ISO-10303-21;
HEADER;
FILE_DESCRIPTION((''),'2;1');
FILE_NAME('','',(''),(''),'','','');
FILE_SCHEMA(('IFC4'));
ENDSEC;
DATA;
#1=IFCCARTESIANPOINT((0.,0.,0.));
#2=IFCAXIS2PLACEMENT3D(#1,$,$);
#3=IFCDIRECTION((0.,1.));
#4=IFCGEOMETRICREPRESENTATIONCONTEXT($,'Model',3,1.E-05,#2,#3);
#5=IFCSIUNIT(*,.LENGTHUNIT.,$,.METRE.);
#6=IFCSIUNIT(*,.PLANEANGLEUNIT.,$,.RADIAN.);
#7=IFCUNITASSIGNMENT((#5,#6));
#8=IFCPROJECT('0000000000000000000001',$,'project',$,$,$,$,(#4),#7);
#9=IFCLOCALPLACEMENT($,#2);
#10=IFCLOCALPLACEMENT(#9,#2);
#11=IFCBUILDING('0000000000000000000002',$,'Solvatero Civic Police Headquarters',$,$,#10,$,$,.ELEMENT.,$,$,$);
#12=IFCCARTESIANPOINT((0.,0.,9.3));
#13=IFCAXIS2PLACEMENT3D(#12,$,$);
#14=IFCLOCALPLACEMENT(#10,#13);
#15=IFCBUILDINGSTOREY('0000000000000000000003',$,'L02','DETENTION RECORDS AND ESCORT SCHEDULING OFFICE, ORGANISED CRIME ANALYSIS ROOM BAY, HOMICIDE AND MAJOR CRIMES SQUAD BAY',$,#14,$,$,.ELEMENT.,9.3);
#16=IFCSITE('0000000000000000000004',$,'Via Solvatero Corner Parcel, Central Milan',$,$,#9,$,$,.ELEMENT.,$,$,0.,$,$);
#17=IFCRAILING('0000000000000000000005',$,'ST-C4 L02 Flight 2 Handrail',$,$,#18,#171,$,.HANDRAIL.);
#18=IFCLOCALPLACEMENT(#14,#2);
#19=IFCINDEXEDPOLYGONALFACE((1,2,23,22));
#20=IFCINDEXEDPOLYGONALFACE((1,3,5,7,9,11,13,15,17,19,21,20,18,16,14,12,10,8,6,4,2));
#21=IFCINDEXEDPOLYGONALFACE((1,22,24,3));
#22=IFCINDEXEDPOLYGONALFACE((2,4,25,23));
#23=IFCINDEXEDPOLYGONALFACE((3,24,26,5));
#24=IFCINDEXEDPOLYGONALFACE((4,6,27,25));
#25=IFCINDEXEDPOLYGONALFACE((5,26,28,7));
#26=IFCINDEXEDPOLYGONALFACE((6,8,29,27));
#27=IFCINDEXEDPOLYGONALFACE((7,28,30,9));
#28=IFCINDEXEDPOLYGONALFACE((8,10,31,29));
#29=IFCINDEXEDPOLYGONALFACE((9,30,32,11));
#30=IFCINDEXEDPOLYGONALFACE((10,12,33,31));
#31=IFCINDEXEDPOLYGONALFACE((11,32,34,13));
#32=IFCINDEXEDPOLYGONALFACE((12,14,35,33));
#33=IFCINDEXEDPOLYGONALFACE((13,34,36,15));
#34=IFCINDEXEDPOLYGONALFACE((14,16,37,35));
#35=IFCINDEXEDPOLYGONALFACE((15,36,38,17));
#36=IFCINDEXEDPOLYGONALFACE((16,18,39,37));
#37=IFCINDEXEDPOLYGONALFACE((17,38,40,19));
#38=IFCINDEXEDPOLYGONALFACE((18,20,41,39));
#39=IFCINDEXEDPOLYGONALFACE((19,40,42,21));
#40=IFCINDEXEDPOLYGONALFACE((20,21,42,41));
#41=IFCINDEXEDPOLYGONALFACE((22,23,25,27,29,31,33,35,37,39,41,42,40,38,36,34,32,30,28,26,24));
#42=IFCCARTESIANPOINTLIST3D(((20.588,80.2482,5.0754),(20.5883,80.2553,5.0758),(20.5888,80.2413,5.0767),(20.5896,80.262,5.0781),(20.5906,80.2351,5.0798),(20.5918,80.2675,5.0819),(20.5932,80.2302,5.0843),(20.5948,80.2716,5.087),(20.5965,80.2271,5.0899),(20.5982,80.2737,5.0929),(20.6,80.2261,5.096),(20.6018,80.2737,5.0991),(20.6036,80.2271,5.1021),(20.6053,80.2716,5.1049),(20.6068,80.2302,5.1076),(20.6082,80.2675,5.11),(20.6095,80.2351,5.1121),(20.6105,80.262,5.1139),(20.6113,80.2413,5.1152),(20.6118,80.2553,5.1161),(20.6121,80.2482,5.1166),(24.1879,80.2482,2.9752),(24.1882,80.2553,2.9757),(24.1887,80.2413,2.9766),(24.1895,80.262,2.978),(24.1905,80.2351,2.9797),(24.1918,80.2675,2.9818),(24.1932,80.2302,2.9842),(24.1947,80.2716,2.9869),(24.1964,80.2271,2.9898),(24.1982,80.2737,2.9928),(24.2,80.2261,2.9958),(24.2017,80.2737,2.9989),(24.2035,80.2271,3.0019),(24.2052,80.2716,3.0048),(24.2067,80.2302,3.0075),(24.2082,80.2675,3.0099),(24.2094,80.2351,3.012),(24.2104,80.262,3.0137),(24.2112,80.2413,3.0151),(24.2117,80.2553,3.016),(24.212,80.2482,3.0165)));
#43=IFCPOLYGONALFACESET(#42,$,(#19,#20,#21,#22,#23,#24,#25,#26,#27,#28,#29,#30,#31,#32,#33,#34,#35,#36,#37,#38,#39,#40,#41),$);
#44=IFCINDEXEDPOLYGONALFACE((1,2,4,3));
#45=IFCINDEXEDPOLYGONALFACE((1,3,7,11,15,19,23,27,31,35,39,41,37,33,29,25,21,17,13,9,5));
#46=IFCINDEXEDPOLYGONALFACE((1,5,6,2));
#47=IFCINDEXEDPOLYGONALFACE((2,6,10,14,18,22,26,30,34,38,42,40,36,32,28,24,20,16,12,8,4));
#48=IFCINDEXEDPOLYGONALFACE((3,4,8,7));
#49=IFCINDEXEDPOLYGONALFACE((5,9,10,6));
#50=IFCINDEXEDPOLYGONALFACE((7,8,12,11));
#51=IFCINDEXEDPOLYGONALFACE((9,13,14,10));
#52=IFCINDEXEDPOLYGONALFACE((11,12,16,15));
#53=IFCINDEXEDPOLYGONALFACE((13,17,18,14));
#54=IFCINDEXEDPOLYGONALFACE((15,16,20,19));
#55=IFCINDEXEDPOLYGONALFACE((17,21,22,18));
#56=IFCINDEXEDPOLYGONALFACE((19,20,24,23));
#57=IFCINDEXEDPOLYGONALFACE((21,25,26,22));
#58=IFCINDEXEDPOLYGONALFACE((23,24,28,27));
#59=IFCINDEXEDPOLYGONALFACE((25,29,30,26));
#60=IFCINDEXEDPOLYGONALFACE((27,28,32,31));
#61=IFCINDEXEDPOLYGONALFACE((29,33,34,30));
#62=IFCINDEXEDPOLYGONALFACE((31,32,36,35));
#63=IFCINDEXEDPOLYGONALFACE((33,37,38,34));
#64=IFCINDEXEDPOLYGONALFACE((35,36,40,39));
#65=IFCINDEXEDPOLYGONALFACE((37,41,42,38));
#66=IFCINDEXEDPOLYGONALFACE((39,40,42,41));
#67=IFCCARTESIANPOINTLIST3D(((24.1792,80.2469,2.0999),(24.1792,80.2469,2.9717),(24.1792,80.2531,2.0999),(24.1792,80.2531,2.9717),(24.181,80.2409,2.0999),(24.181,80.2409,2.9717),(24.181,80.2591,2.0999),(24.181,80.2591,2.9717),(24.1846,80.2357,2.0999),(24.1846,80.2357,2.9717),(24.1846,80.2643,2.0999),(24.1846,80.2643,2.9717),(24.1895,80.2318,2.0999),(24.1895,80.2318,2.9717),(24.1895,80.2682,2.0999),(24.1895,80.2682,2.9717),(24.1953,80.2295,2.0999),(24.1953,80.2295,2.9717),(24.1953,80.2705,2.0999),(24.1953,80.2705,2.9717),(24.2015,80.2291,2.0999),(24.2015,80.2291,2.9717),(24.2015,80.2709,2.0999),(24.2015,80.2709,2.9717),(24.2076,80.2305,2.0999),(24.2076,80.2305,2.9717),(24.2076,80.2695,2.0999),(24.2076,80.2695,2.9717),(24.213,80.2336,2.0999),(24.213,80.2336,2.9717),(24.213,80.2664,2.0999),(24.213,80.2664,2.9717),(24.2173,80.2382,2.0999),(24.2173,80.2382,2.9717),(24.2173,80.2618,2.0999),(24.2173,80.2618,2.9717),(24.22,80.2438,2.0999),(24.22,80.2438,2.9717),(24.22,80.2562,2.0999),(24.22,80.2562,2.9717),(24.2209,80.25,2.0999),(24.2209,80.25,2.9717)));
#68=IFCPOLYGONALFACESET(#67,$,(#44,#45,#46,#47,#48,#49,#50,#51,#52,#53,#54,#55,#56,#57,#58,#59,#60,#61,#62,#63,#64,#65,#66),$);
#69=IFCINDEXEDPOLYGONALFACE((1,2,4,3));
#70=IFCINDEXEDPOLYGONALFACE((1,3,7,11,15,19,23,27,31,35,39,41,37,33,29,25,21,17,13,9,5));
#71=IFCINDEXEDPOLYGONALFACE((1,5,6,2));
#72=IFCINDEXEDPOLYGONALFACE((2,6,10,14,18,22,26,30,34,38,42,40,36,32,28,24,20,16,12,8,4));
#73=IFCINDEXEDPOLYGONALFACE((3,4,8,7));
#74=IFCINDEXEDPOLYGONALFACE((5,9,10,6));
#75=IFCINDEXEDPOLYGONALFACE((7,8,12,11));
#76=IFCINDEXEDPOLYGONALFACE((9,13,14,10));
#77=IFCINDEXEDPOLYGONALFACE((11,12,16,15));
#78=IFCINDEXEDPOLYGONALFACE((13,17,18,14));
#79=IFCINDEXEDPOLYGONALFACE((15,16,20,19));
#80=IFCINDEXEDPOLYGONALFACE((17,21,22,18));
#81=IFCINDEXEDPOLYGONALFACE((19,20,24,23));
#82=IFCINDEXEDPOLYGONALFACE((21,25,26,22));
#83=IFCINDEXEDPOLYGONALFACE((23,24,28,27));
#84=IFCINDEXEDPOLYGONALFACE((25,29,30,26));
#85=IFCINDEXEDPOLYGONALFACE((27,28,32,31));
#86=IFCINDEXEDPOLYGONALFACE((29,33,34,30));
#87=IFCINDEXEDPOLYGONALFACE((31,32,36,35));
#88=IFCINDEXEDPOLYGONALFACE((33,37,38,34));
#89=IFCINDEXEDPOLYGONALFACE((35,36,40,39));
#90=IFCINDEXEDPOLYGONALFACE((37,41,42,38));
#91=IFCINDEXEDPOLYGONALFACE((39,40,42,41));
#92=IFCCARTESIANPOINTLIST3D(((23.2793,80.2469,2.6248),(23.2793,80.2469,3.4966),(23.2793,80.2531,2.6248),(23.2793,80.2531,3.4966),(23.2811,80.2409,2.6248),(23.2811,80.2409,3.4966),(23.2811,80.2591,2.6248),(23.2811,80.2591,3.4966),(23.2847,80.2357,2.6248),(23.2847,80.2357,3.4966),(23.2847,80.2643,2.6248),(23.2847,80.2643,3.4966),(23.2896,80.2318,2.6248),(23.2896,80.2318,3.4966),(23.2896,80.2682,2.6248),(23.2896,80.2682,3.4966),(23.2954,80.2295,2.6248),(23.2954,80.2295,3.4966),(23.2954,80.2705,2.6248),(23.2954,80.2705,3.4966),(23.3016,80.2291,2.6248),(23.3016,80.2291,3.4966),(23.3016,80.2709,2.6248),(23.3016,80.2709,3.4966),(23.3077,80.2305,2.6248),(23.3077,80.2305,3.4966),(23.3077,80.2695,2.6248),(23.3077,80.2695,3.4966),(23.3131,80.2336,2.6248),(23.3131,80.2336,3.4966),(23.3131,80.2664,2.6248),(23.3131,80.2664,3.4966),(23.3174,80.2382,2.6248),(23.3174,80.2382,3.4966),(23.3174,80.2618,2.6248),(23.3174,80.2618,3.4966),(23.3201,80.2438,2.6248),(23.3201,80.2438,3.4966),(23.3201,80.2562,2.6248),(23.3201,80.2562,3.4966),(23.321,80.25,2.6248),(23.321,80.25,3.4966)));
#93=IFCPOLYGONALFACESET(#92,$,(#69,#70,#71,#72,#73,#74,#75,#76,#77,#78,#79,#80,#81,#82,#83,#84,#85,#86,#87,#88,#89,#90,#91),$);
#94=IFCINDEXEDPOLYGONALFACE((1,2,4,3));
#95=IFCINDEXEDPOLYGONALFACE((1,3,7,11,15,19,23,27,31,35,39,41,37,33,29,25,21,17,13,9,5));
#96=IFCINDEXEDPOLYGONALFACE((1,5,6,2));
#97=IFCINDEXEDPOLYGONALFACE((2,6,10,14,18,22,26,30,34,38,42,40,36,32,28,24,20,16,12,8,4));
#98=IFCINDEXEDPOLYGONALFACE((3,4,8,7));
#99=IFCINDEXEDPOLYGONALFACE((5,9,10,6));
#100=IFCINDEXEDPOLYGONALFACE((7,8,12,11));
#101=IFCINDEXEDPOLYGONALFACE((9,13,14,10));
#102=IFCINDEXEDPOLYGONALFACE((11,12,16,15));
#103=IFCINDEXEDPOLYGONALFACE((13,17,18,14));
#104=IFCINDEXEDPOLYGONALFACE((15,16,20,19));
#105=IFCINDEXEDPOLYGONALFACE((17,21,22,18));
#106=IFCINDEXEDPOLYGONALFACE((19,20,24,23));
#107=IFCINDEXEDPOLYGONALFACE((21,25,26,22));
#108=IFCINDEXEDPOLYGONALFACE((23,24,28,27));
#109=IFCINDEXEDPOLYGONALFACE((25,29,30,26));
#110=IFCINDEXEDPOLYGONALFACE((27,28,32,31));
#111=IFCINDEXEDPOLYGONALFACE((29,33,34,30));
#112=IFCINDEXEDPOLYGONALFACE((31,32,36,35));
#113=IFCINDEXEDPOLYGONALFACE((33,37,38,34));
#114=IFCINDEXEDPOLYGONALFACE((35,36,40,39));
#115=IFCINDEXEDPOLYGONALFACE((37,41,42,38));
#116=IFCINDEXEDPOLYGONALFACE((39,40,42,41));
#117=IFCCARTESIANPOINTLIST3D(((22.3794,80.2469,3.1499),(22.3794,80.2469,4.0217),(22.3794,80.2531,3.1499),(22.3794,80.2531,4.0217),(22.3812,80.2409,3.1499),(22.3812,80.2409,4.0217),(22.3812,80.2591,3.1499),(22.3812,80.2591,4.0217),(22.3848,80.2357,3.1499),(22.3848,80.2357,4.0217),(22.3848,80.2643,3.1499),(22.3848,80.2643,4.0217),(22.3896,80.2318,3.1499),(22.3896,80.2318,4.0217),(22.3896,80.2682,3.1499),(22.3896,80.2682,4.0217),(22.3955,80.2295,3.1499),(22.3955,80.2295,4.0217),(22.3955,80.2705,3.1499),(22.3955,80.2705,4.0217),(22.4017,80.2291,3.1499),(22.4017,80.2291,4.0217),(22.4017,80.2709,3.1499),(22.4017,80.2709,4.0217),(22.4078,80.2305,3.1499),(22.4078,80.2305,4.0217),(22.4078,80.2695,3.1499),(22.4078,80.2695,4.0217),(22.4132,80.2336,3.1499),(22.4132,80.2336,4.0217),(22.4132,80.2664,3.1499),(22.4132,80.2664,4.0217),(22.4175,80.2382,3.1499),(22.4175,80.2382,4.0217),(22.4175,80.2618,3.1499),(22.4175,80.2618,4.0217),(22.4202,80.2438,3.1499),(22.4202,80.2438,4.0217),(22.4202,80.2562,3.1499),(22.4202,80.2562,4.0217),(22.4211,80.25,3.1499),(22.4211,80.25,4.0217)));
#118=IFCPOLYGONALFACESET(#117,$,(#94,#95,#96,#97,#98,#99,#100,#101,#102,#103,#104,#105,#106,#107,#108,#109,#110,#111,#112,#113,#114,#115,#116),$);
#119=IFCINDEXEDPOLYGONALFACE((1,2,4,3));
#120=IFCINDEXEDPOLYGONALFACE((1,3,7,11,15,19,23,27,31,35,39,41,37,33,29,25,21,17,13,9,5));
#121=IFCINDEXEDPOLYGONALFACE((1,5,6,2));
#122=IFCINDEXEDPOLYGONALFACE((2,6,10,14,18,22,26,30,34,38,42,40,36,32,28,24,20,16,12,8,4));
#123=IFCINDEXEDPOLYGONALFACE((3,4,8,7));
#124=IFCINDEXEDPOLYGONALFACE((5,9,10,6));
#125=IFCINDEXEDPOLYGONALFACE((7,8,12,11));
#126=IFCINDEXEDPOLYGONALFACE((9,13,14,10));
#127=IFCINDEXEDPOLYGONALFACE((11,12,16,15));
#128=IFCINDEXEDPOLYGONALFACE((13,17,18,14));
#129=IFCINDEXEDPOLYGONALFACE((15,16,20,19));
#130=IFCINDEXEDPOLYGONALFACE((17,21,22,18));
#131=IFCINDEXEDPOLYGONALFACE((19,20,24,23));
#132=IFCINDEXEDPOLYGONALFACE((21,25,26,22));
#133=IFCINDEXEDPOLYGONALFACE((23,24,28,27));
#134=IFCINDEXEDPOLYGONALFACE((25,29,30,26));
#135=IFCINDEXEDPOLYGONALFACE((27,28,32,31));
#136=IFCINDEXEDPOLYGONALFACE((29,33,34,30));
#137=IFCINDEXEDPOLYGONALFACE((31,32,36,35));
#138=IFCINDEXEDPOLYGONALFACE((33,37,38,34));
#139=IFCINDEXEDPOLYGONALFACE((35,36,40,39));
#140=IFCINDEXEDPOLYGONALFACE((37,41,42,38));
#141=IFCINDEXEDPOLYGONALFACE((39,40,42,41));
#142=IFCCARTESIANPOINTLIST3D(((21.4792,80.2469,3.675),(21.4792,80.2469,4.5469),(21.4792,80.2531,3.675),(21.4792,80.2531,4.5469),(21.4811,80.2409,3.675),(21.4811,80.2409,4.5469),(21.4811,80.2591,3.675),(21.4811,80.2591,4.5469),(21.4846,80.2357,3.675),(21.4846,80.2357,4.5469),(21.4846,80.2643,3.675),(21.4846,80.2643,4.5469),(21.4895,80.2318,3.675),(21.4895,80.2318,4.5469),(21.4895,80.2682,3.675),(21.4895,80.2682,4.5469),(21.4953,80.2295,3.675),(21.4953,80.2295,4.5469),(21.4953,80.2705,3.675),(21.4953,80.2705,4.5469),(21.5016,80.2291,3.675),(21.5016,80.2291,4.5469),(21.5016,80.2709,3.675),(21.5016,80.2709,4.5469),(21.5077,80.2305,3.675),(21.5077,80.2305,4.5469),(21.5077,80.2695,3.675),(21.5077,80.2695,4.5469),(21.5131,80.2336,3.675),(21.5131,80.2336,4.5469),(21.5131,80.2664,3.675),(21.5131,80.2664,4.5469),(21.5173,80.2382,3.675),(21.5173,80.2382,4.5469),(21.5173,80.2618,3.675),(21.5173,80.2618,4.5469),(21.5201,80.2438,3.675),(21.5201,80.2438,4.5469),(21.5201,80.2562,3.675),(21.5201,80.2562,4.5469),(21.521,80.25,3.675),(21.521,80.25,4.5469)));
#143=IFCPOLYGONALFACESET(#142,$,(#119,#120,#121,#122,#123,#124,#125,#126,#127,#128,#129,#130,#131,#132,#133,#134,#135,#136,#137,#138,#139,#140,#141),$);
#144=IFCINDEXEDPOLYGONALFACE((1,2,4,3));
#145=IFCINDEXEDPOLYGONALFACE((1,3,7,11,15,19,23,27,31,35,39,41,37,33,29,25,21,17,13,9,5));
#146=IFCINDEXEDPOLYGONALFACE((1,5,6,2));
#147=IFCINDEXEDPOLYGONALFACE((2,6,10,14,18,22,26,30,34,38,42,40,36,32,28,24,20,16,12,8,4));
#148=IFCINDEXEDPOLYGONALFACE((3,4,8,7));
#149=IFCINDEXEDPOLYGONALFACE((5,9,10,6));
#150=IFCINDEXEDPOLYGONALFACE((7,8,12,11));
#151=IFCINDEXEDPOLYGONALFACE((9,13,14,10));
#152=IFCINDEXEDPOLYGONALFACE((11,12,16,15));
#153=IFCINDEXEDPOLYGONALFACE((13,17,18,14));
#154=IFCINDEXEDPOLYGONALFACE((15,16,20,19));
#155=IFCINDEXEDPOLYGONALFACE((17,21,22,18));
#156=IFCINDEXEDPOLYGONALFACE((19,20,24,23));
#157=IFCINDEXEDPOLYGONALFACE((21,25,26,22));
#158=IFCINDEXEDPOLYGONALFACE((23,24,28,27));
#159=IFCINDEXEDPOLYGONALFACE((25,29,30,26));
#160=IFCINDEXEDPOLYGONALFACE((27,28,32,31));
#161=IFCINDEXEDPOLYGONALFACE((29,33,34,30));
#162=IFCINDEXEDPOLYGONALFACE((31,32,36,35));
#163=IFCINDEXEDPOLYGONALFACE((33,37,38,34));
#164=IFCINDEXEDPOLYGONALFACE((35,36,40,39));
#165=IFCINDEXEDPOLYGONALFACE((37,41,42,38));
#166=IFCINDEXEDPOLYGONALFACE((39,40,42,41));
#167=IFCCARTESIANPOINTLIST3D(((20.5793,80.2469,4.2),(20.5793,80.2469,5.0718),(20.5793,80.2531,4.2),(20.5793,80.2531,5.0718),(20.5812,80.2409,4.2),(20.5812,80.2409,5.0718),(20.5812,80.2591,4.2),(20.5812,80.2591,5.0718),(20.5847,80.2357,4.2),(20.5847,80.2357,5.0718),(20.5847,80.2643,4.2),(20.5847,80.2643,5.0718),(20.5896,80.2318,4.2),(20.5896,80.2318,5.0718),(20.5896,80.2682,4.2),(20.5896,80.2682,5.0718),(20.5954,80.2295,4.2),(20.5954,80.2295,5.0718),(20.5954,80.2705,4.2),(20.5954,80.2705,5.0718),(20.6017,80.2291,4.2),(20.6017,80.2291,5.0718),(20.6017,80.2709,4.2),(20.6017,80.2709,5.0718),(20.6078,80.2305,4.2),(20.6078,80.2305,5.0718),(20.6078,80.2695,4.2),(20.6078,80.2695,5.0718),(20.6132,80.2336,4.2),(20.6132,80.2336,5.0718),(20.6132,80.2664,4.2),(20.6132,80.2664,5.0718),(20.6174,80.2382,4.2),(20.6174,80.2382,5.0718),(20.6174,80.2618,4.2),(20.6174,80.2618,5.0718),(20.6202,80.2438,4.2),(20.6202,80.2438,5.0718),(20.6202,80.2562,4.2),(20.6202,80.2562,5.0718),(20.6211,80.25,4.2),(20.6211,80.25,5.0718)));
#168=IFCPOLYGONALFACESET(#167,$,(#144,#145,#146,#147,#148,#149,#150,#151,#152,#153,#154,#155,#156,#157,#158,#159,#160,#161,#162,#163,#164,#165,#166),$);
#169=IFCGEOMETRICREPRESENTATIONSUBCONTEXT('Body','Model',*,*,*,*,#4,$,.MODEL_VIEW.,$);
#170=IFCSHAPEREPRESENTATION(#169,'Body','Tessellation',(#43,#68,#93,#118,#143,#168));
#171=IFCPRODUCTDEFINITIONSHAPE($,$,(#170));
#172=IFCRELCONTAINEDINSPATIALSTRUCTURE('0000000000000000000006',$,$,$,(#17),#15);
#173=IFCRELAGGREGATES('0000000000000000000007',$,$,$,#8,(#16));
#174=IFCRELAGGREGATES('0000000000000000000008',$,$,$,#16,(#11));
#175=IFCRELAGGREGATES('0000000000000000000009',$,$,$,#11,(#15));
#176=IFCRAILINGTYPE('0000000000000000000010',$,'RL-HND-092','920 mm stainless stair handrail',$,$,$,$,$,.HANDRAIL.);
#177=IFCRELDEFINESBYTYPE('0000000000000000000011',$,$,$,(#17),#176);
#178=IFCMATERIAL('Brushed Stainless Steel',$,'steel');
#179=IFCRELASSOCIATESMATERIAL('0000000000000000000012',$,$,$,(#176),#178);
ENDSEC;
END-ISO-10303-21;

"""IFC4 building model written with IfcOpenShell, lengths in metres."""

from ifc_helpers import new_model, si_unit, direction, frame, origin, origin_2d, place, context, subcontext, project, spatial, circle, extrude, material, type_object, element, save


model = new_model("IFC4")

# Units and contexts
model_context = context("Model", 3, precision=1e-05, world=origin(), true_north=direction((0.0, 1.0)))
body_context = subcontext(model_context, "Body", "Model", "MODEL_VIEW")
ifc_project = project(units=[si_unit("LENGTHUNIT", "METRE"), si_unit("PLANEANGLEUNIT", "RADIAN")], contexts=[model_context])

# Site, building, storey
site_placement = place(None, origin())
site = spatial("IfcSite", under=ifc_project, at=site_placement, Name="Via Solvatero Corner Parcel, Central Milan", CompositionType="ELEMENT", RefElevation=0.0)
building_placement = place(site_placement, origin())
building = spatial("IfcBuilding", under=site, at=building_placement, Name="Solvatero Civic Police Headquarters", CompositionType="ELEMENT")
storey_placement = place(building_placement, frame((0.0, 0.0, 9.3)))
storey = spatial("IfcBuildingStorey", under=building, at=storey_placement, Name="L02", Description="DETENTION RECORDS AND ESCORT SCHEDULING OFFICE, ORGANISED CRIME ANALYSIS ROOM BAY, HOMICIDE AND MAJOR CRIMES SQUAD BAY", CompositionType="ELEMENT", Elevation=9.3)

# Railing
ifc_material_1 = material(Name="Brushed Stainless Steel", Category="steel")
railing_type_1 = type_object("IfcRailingType", Name="RL-HND-092", Description="920 mm stainless stair handrail", PredefinedType="HANDRAIL", material=ifc_material_1)
railing_1_placement = place(storey_placement, frame((24.2, 80.25, 2.0999)))
element("IfcRailing", 1, at=railing_1_placement, inside=storey, type_object=railing_type_1, Name="ST-C4 L02 Flight 2 Handrail", PredefinedType="HANDRAIL", context=body_context, shape_type="SweptSolid", body=[
    extrude(circle(Radius=0.0239, at=origin_2d()), frame((0.0, 0.0, 0.896), z_axis=(-0.86376, 0.0, 0.503904), x_axis=(0.0, -1.0, 0.0)), (0.0, 0.0, 1.0), 4.1677),
    extrude(circle(Radius=0.021, at=origin_2d()), origin(), (0.0, 0.0, 1.0), 0.8718),
    extrude(circle(Radius=0.021, at=origin_2d()), frame((-0.8999, 0.0, 0.5249)), (0.0, 0.0, 1.0), 0.8718),
    extrude(circle(Radius=0.021, at=origin_2d()), frame((-1.7998, 0.0, 1.05)), (0.0, 0.0, 1.0), 0.8718),
    extrude(circle(Radius=0.021, at=origin_2d()), frame((-2.7, 0.0, 1.5752)), (0.0, 0.0, 1.0), 0.8718),
    extrude(circle(Radius=0.021, at=origin_2d()), frame((-3.5999, 0.0, 2.1001)), (0.0, 0.0, 1.0), 0.8718),
])

save(model, "model.ifc")
